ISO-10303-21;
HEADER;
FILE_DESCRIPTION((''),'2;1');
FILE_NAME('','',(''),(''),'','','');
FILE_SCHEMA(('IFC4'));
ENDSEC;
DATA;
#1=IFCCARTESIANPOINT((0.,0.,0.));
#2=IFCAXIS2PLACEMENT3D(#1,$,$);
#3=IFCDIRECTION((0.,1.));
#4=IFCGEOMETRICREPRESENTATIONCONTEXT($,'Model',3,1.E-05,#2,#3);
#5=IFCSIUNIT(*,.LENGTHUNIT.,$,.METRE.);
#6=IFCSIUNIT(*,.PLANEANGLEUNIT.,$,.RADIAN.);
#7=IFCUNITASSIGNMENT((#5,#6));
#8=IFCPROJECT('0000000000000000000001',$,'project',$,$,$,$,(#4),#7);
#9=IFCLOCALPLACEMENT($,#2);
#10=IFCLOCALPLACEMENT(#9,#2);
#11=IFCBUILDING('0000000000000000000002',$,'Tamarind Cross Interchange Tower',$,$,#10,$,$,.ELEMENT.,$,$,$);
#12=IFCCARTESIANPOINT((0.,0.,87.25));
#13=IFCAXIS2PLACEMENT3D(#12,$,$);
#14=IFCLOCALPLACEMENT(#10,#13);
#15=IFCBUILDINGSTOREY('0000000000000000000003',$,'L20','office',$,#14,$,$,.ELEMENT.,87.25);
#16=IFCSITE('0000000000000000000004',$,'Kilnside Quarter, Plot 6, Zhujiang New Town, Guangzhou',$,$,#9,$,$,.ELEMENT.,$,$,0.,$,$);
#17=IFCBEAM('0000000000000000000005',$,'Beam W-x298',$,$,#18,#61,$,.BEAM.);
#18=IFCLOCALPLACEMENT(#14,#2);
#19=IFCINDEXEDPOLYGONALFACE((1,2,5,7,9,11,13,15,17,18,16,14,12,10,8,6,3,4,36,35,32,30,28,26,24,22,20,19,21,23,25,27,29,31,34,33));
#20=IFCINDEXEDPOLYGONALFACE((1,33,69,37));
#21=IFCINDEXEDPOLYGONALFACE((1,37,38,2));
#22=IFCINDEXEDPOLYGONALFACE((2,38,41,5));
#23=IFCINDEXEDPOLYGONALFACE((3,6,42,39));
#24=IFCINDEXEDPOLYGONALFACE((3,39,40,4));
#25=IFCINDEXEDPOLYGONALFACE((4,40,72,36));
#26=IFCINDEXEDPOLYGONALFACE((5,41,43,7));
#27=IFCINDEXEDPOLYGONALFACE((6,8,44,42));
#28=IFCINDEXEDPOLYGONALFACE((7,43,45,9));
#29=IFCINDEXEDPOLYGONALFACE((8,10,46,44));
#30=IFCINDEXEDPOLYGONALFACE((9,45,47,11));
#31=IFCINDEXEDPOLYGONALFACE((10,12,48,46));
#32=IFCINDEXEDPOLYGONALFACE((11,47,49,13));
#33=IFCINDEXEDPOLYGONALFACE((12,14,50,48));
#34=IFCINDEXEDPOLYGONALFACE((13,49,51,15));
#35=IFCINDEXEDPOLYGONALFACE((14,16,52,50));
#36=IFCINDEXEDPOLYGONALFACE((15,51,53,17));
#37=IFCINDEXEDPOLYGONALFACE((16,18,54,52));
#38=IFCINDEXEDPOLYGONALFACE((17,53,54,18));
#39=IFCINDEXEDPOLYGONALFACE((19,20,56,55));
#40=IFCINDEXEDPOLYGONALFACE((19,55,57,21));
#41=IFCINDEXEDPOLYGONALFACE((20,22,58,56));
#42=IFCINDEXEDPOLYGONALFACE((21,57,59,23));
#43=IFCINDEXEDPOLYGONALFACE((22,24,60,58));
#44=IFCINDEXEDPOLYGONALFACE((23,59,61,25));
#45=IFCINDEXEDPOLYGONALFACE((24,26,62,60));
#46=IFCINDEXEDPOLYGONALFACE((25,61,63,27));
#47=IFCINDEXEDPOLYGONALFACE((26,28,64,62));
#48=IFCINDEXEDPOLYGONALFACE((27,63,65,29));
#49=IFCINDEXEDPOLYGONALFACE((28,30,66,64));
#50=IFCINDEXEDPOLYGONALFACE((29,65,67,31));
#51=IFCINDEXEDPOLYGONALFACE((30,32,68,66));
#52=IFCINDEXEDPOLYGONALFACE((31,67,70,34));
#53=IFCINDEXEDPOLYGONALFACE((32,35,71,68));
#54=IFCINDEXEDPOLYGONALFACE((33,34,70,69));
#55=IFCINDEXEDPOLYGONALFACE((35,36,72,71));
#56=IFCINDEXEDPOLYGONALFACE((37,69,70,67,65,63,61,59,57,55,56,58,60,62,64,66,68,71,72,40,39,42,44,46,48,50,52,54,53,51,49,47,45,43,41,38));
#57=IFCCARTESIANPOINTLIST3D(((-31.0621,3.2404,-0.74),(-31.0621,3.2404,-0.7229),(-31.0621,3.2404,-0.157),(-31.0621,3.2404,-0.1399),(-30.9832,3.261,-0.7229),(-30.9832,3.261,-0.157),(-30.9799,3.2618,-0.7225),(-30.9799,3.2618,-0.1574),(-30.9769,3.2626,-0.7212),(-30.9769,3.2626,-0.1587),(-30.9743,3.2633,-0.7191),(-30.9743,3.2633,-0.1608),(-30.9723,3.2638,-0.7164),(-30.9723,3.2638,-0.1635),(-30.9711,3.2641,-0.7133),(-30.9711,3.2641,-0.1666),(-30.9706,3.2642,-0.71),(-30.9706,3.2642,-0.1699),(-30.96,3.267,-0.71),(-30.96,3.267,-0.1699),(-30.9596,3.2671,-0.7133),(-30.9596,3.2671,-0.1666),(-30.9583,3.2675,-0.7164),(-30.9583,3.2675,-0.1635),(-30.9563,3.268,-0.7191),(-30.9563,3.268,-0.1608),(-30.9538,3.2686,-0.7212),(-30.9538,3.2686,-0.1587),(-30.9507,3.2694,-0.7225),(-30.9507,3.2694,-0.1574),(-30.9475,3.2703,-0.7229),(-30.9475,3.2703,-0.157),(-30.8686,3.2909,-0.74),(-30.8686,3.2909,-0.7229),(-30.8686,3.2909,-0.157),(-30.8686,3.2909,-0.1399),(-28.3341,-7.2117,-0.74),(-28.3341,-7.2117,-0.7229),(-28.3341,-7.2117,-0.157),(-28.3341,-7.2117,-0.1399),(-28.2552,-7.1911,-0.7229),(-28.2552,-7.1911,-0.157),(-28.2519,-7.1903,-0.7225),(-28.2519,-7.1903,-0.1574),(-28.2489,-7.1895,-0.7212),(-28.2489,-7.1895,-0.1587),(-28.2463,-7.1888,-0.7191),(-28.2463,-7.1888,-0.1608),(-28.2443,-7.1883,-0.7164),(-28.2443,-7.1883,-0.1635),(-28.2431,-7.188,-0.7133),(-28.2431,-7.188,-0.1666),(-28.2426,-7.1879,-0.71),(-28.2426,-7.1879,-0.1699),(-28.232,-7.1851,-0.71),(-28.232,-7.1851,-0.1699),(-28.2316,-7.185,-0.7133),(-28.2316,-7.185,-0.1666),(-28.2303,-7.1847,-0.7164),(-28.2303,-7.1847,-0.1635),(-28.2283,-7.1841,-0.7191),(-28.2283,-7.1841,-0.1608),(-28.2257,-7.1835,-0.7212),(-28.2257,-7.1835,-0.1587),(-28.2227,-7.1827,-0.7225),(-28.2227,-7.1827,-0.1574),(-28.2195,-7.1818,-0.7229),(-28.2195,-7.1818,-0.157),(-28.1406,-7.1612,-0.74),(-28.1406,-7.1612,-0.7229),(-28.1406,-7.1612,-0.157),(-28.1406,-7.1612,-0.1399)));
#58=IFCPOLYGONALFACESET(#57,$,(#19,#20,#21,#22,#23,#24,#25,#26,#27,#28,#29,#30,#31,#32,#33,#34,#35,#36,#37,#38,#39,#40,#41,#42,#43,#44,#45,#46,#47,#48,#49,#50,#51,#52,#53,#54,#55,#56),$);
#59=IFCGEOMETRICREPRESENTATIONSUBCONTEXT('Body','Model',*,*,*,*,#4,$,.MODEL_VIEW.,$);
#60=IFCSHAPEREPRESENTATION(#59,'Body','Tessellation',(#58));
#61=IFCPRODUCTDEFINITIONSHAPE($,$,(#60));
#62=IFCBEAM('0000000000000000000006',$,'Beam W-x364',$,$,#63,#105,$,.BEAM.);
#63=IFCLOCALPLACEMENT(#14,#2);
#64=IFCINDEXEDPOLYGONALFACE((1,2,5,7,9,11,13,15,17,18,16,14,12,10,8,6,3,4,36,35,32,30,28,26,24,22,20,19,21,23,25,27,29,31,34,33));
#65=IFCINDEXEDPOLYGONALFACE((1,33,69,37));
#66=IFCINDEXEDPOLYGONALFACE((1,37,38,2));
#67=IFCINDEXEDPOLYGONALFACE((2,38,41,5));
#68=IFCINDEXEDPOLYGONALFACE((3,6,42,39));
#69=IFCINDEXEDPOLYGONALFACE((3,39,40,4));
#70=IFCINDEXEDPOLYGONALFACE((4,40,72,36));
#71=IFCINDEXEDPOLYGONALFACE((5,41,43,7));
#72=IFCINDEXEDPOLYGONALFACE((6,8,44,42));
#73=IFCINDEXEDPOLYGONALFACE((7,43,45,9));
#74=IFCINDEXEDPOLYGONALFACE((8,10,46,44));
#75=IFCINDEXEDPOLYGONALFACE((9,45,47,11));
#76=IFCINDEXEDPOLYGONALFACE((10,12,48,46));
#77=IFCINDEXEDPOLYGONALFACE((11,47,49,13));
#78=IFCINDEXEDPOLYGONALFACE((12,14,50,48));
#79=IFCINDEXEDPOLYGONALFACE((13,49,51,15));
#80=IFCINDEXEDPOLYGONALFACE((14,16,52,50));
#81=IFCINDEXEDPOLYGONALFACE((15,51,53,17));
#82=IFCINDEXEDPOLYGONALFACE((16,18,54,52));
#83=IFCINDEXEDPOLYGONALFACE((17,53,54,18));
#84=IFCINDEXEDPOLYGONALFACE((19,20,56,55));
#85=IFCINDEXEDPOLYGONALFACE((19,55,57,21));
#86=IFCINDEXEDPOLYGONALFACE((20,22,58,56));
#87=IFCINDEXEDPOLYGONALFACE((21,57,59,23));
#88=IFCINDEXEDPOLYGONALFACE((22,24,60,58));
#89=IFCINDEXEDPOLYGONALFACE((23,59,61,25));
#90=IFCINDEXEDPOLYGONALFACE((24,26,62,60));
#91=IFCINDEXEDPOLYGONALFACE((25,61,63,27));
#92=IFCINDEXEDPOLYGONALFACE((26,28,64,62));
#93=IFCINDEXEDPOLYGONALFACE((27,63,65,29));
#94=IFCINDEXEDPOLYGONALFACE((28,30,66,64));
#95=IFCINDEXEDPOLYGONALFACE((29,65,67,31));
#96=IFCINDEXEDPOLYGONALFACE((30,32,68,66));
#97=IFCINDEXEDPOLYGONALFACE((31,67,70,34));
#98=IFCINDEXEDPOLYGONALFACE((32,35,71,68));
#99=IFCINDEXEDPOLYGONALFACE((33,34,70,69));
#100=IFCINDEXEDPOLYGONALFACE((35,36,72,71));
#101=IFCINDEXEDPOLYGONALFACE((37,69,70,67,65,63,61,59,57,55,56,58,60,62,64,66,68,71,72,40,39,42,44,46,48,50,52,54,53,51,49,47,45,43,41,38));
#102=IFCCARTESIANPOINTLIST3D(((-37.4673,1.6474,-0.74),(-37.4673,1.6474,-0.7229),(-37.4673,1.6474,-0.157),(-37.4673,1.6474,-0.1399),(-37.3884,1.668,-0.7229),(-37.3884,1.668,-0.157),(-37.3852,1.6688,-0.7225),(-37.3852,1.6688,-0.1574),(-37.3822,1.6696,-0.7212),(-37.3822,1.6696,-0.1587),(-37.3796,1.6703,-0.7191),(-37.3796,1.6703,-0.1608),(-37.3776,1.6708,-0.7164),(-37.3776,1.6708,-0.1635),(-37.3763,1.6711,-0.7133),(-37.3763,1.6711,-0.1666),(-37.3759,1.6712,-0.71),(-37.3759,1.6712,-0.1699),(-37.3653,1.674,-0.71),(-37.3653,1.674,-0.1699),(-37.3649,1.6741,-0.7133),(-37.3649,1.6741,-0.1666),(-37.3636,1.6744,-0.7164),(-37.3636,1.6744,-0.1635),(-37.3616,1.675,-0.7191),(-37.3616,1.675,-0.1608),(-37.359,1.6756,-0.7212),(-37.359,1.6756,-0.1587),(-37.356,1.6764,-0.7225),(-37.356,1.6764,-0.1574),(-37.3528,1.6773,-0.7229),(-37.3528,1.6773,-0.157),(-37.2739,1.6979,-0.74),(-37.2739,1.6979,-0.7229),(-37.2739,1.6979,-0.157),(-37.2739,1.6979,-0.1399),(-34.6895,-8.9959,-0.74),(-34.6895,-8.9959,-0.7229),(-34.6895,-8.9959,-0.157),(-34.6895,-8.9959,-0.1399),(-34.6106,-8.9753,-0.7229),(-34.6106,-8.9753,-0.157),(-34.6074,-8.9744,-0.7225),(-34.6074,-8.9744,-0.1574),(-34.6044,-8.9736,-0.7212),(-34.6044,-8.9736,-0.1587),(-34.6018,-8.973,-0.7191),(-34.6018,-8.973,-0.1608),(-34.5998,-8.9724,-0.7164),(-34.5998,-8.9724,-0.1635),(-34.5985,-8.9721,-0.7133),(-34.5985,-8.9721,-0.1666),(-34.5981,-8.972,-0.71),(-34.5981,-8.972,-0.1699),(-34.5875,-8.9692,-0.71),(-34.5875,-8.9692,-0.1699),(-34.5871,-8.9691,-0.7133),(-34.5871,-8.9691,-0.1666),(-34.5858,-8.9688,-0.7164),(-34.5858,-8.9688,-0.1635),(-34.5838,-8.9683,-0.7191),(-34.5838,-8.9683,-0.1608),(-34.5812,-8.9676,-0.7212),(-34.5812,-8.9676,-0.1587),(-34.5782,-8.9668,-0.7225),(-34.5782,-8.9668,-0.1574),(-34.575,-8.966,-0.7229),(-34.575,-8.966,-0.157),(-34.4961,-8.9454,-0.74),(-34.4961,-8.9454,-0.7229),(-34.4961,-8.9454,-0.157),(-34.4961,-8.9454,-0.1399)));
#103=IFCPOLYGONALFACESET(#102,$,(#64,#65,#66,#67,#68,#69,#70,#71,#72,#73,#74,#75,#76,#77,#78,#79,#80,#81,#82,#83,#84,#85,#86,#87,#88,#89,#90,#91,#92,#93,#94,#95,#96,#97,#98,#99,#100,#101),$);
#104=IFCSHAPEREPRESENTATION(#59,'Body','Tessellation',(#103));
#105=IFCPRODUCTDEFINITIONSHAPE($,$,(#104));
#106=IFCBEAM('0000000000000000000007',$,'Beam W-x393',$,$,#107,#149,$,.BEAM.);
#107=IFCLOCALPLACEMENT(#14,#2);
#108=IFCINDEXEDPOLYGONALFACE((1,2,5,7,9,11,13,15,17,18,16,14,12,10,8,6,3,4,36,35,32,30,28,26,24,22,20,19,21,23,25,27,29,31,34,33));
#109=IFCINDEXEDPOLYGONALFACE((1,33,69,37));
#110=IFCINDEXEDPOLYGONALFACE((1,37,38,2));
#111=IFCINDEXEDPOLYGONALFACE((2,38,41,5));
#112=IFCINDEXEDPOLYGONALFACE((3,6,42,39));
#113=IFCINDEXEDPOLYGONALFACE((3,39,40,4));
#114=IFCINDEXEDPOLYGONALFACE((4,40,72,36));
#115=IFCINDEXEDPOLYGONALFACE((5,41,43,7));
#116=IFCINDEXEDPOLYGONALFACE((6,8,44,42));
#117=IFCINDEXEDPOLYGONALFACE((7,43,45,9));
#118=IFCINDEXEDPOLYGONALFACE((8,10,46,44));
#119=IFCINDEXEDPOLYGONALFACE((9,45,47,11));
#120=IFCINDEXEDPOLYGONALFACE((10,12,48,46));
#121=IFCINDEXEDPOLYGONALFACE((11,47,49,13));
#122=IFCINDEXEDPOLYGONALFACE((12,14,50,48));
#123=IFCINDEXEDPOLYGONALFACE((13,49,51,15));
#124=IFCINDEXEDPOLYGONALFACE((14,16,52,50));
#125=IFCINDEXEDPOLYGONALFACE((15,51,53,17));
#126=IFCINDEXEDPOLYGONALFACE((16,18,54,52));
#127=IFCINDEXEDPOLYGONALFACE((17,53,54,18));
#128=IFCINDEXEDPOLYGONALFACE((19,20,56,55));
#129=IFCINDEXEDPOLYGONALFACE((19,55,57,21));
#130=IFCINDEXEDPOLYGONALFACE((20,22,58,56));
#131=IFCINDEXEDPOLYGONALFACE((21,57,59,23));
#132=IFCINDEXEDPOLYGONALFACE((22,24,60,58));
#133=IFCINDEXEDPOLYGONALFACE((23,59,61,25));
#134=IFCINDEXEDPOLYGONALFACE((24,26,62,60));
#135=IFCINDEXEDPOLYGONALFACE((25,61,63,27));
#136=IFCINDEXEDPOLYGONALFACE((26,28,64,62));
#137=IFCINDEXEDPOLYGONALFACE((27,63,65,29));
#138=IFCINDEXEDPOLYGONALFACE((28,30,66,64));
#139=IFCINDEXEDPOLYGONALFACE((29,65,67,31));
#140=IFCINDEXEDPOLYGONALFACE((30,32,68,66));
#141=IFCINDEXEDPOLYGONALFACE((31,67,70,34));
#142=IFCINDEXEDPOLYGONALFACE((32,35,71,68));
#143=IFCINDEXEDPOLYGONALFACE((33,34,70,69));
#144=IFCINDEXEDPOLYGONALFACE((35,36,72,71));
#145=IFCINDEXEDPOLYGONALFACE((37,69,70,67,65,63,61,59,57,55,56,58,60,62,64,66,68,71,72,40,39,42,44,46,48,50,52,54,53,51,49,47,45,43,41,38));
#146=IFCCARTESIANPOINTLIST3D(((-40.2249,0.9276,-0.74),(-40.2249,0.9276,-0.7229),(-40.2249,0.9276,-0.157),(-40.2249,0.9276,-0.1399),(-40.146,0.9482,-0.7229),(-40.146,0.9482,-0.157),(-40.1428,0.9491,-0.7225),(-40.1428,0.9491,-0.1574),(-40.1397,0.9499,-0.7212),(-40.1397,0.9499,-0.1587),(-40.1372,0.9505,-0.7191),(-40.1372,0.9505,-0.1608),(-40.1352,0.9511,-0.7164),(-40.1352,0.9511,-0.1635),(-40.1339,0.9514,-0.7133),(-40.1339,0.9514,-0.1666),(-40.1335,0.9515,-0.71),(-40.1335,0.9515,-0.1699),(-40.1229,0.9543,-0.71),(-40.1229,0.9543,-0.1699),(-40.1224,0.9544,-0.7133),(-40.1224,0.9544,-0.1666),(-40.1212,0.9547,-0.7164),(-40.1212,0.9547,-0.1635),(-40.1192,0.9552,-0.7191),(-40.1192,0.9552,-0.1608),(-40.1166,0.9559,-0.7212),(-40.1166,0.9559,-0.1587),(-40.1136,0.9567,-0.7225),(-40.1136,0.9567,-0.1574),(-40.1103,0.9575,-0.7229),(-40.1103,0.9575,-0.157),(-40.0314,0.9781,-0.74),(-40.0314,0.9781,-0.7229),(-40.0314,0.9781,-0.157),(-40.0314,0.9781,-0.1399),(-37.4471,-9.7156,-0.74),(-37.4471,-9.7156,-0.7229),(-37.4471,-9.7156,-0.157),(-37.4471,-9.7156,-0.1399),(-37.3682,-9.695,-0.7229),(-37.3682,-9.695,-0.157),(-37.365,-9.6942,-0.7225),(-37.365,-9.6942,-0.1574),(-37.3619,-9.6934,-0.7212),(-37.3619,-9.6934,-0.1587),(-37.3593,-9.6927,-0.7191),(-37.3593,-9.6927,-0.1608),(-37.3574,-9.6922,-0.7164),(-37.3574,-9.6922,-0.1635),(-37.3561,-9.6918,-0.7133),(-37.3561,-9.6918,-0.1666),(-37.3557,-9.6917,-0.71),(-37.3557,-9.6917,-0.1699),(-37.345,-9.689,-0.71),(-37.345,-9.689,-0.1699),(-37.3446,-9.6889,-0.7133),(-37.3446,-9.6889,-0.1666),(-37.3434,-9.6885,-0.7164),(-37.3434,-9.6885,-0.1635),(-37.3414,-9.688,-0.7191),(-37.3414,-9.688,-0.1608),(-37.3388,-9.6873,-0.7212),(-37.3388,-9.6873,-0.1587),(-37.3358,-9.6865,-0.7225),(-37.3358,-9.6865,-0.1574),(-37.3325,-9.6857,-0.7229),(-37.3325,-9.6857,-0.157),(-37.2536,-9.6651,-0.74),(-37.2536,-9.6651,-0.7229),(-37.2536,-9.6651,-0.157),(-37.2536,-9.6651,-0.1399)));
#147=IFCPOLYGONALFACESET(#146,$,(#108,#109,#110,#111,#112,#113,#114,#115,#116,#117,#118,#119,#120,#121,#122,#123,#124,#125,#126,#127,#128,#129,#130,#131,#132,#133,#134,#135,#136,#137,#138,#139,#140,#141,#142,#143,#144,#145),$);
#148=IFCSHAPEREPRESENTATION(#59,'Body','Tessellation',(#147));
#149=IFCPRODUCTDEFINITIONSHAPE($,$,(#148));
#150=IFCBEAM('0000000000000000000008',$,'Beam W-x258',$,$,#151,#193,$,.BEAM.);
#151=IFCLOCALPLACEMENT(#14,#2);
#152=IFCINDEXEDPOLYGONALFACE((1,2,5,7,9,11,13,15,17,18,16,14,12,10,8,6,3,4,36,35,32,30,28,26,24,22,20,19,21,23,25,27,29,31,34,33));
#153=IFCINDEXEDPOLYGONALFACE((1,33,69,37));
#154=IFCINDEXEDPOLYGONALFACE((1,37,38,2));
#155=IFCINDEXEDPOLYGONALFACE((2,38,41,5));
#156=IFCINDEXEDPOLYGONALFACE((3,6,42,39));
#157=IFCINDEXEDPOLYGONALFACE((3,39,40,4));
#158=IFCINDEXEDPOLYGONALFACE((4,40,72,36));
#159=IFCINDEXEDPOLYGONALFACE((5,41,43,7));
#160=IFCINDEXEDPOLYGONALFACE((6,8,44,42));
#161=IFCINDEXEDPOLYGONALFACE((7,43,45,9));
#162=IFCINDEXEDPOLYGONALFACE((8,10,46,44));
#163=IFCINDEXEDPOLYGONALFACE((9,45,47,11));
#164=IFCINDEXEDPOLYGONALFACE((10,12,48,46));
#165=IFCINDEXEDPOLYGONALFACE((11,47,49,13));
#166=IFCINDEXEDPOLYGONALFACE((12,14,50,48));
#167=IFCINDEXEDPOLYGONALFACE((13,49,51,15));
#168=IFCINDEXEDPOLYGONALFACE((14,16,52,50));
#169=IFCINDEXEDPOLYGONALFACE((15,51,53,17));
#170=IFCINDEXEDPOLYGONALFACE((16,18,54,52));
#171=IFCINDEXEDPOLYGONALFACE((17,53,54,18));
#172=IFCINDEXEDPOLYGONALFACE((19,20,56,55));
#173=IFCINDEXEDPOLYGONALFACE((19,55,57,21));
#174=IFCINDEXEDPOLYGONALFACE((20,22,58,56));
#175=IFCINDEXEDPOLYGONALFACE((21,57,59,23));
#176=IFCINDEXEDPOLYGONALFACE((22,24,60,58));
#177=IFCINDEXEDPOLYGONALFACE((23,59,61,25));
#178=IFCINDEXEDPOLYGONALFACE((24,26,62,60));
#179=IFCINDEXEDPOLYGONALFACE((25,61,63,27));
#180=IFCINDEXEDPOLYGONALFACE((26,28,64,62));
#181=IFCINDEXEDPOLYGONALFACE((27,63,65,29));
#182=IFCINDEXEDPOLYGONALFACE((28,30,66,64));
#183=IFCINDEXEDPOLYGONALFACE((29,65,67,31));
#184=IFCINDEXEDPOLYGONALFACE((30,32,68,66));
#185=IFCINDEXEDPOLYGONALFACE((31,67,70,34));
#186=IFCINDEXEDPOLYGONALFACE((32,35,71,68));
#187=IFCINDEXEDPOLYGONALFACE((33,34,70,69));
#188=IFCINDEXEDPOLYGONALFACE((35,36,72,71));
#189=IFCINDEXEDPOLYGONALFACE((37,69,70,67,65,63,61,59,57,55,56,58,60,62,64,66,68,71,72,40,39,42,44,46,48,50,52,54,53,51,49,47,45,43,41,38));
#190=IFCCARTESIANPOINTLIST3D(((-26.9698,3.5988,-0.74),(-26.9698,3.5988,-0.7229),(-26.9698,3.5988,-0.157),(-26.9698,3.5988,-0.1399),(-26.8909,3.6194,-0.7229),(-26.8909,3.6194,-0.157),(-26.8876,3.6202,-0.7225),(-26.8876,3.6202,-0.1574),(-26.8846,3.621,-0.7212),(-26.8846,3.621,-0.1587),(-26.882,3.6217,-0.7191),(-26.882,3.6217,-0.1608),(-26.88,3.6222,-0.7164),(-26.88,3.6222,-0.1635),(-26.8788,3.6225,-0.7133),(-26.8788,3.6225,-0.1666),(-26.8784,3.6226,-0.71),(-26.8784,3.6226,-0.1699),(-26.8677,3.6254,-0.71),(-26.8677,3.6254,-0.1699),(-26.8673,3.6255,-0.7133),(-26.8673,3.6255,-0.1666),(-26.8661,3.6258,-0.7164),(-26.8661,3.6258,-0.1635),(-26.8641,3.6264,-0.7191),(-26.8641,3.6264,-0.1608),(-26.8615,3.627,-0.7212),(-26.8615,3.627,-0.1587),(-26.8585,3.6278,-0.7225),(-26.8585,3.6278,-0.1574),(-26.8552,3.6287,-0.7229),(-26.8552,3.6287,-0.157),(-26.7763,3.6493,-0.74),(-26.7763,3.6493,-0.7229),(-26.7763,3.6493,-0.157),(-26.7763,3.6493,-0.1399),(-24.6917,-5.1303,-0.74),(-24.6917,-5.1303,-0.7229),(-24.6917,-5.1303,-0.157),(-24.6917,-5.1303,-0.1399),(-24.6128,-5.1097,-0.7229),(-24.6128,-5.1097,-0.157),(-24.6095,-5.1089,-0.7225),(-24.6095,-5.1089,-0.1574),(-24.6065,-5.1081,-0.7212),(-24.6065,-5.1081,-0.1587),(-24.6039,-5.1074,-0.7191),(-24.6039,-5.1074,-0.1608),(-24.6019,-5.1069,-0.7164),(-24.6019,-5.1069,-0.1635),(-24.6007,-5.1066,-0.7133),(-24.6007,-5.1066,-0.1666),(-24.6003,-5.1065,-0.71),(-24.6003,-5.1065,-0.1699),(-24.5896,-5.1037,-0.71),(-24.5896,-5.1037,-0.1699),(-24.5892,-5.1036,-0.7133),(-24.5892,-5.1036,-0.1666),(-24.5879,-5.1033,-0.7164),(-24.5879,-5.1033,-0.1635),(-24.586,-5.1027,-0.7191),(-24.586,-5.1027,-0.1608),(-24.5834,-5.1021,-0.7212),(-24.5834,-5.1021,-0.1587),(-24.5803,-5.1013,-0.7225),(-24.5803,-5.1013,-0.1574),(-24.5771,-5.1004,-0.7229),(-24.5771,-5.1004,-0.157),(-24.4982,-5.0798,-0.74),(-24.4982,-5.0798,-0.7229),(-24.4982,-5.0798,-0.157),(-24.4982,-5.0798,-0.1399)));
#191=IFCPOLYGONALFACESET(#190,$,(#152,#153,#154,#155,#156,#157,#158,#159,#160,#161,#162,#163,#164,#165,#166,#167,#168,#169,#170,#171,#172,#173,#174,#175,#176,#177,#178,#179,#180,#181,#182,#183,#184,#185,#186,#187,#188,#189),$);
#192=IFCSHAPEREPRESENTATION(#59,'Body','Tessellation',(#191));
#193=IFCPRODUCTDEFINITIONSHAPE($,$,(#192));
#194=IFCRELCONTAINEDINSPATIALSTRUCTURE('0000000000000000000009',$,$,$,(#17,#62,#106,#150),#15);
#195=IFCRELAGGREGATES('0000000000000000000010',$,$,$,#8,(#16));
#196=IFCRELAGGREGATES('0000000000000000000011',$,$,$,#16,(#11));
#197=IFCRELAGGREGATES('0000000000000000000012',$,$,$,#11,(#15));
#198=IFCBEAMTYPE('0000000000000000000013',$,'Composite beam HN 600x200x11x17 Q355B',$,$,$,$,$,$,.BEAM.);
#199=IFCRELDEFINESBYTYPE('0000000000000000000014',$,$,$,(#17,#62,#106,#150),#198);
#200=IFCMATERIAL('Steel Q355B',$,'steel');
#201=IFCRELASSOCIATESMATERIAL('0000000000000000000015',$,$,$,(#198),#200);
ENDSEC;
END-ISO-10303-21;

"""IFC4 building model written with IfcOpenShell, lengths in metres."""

from ifc_helpers import new_model, si_unit, direction, frame, origin, origin_2d, place, context, subcontext, project, spatial, i_section, extrude, material, material_profile, profile_set, type_object, element, save


model = new_model("IFC4")

# Units and contexts
model_context = context("Model", 3, precision=1e-05, world=origin(), true_north=direction((0.0, 1.0)))
body_context = subcontext(model_context, "Body", "Model", "MODEL_VIEW")
ifc_project = project(units=[si_unit("LENGTHUNIT", "METRE"), si_unit("PLANEANGLEUNIT", "RADIAN")], contexts=[model_context])

# Site, building, storey
site_placement = place(None, origin())
site = spatial("IfcSite", under=ifc_project, at=site_placement, Name="Kilnside Quarter, Plot 6, Zhujiang New Town, Guangzhou", CompositionType="ELEMENT", RefElevation=0.0)
building_placement = place(site_placement, origin())
building = spatial("IfcBuilding", under=site, at=building_placement, Name="Tamarind Cross Interchange Tower", CompositionType="ELEMENT")
storey_placement = place(building_placement, frame((0.0, 0.0, 87.25)))
storey = spatial("IfcBuildingStorey", under=building, at=storey_placement, Name="L20", Description="office", CompositionType="ELEMENT", Elevation=87.25)

# Beams
ifc_material_1 = material(Name="Steel Q355B", Category="steel")
ifc_material_profile_1 = material_profile(ifc_material_1, i_section(OverallWidth=0.2, OverallDepth=0.6001, WebThickness=0.011, FlangeThickness=0.0171, FilletRadius=0.0129, at=origin_2d()), Name="HN 600x200x11x17")
ifc_profile_set_1 = profile_set([ifc_material_profile_1], Name="Steel Q355B")
beam_type_1 = type_object("IfcBeamType", Name="Composite beam HN 600x200x11x17 Q355B", PredefinedType="BEAM", material=ifc_profile_set_1)
beam_1_placement = place(storey_placement, frame((-30.9653, 3.2656, -0.4399), z_axis=(0.252541, -0.967586, 0.0), x_axis=(0.967586, 0.252541, 0.0)))
element("IfcBeam", 1, at=beam_1_placement, inside=storey, type_object=beam_type_1, Name="Beam W-x298", PredefinedType="BEAM", context=body_context, shape_type="SweptSolid", body=[
    extrude(i_section(OverallWidth=0.2, OverallDepth=0.6001, WebThickness=0.011, FlangeThickness=0.0171, FilletRadius=0.0129, at=origin_2d()), origin(), (0.0, 0.0, 1.0), 10.8022),
])
for number, where, z_axis, x_axis, name in (
    (2, (-37.3706, 1.6726, -0.4399), (0.252534, -0.967588, 0.0), (0.967588, 0.252534, 0.0), "Beam W-x364"),
    (3, (-40.1282, 0.9529, -0.4399), (0.252534, -0.967588, 0.0), (0.967588, 0.252534, 0.0), "Beam W-x393"),
):
    element("IfcBeam", number, at=place(storey_placement, frame(where, z_axis=z_axis, x_axis=x_axis)), inside=storey, type_object=beam_type_1, Name=name, PredefinedType="BEAM", context=body_context, shape_type="SweptSolid", body=[
        extrude(i_section(OverallWidth=0.2, OverallDepth=0.6001, WebThickness=0.011, FlangeThickness=0.0171, FilletRadius=0.0129, at=origin_2d()), origin(), (0.0, 0.0, 1.0), 10.9998),
    ])
beam_2_placement = place(storey_placement, frame((-26.873, 3.624, -0.4399), z_axis=(0.25252, -0.967592, 0.0), x_axis=(0.967592, 0.25252, 0.0)))
element("IfcBeam", 4, at=beam_2_placement, inside=storey, type_object=beam_type_1, Name="Beam W-x258", PredefinedType="BEAM", context=body_context, shape_type="SweptSolid", body=[
    extrude(i_section(OverallWidth=0.2, OverallDepth=0.6001, WebThickness=0.011, FlangeThickness=0.0171, FilletRadius=0.0129, at=origin_2d()), origin(), (0.0, 0.0, 1.0), 9.0215),
])

save(model, "model.ifc")
